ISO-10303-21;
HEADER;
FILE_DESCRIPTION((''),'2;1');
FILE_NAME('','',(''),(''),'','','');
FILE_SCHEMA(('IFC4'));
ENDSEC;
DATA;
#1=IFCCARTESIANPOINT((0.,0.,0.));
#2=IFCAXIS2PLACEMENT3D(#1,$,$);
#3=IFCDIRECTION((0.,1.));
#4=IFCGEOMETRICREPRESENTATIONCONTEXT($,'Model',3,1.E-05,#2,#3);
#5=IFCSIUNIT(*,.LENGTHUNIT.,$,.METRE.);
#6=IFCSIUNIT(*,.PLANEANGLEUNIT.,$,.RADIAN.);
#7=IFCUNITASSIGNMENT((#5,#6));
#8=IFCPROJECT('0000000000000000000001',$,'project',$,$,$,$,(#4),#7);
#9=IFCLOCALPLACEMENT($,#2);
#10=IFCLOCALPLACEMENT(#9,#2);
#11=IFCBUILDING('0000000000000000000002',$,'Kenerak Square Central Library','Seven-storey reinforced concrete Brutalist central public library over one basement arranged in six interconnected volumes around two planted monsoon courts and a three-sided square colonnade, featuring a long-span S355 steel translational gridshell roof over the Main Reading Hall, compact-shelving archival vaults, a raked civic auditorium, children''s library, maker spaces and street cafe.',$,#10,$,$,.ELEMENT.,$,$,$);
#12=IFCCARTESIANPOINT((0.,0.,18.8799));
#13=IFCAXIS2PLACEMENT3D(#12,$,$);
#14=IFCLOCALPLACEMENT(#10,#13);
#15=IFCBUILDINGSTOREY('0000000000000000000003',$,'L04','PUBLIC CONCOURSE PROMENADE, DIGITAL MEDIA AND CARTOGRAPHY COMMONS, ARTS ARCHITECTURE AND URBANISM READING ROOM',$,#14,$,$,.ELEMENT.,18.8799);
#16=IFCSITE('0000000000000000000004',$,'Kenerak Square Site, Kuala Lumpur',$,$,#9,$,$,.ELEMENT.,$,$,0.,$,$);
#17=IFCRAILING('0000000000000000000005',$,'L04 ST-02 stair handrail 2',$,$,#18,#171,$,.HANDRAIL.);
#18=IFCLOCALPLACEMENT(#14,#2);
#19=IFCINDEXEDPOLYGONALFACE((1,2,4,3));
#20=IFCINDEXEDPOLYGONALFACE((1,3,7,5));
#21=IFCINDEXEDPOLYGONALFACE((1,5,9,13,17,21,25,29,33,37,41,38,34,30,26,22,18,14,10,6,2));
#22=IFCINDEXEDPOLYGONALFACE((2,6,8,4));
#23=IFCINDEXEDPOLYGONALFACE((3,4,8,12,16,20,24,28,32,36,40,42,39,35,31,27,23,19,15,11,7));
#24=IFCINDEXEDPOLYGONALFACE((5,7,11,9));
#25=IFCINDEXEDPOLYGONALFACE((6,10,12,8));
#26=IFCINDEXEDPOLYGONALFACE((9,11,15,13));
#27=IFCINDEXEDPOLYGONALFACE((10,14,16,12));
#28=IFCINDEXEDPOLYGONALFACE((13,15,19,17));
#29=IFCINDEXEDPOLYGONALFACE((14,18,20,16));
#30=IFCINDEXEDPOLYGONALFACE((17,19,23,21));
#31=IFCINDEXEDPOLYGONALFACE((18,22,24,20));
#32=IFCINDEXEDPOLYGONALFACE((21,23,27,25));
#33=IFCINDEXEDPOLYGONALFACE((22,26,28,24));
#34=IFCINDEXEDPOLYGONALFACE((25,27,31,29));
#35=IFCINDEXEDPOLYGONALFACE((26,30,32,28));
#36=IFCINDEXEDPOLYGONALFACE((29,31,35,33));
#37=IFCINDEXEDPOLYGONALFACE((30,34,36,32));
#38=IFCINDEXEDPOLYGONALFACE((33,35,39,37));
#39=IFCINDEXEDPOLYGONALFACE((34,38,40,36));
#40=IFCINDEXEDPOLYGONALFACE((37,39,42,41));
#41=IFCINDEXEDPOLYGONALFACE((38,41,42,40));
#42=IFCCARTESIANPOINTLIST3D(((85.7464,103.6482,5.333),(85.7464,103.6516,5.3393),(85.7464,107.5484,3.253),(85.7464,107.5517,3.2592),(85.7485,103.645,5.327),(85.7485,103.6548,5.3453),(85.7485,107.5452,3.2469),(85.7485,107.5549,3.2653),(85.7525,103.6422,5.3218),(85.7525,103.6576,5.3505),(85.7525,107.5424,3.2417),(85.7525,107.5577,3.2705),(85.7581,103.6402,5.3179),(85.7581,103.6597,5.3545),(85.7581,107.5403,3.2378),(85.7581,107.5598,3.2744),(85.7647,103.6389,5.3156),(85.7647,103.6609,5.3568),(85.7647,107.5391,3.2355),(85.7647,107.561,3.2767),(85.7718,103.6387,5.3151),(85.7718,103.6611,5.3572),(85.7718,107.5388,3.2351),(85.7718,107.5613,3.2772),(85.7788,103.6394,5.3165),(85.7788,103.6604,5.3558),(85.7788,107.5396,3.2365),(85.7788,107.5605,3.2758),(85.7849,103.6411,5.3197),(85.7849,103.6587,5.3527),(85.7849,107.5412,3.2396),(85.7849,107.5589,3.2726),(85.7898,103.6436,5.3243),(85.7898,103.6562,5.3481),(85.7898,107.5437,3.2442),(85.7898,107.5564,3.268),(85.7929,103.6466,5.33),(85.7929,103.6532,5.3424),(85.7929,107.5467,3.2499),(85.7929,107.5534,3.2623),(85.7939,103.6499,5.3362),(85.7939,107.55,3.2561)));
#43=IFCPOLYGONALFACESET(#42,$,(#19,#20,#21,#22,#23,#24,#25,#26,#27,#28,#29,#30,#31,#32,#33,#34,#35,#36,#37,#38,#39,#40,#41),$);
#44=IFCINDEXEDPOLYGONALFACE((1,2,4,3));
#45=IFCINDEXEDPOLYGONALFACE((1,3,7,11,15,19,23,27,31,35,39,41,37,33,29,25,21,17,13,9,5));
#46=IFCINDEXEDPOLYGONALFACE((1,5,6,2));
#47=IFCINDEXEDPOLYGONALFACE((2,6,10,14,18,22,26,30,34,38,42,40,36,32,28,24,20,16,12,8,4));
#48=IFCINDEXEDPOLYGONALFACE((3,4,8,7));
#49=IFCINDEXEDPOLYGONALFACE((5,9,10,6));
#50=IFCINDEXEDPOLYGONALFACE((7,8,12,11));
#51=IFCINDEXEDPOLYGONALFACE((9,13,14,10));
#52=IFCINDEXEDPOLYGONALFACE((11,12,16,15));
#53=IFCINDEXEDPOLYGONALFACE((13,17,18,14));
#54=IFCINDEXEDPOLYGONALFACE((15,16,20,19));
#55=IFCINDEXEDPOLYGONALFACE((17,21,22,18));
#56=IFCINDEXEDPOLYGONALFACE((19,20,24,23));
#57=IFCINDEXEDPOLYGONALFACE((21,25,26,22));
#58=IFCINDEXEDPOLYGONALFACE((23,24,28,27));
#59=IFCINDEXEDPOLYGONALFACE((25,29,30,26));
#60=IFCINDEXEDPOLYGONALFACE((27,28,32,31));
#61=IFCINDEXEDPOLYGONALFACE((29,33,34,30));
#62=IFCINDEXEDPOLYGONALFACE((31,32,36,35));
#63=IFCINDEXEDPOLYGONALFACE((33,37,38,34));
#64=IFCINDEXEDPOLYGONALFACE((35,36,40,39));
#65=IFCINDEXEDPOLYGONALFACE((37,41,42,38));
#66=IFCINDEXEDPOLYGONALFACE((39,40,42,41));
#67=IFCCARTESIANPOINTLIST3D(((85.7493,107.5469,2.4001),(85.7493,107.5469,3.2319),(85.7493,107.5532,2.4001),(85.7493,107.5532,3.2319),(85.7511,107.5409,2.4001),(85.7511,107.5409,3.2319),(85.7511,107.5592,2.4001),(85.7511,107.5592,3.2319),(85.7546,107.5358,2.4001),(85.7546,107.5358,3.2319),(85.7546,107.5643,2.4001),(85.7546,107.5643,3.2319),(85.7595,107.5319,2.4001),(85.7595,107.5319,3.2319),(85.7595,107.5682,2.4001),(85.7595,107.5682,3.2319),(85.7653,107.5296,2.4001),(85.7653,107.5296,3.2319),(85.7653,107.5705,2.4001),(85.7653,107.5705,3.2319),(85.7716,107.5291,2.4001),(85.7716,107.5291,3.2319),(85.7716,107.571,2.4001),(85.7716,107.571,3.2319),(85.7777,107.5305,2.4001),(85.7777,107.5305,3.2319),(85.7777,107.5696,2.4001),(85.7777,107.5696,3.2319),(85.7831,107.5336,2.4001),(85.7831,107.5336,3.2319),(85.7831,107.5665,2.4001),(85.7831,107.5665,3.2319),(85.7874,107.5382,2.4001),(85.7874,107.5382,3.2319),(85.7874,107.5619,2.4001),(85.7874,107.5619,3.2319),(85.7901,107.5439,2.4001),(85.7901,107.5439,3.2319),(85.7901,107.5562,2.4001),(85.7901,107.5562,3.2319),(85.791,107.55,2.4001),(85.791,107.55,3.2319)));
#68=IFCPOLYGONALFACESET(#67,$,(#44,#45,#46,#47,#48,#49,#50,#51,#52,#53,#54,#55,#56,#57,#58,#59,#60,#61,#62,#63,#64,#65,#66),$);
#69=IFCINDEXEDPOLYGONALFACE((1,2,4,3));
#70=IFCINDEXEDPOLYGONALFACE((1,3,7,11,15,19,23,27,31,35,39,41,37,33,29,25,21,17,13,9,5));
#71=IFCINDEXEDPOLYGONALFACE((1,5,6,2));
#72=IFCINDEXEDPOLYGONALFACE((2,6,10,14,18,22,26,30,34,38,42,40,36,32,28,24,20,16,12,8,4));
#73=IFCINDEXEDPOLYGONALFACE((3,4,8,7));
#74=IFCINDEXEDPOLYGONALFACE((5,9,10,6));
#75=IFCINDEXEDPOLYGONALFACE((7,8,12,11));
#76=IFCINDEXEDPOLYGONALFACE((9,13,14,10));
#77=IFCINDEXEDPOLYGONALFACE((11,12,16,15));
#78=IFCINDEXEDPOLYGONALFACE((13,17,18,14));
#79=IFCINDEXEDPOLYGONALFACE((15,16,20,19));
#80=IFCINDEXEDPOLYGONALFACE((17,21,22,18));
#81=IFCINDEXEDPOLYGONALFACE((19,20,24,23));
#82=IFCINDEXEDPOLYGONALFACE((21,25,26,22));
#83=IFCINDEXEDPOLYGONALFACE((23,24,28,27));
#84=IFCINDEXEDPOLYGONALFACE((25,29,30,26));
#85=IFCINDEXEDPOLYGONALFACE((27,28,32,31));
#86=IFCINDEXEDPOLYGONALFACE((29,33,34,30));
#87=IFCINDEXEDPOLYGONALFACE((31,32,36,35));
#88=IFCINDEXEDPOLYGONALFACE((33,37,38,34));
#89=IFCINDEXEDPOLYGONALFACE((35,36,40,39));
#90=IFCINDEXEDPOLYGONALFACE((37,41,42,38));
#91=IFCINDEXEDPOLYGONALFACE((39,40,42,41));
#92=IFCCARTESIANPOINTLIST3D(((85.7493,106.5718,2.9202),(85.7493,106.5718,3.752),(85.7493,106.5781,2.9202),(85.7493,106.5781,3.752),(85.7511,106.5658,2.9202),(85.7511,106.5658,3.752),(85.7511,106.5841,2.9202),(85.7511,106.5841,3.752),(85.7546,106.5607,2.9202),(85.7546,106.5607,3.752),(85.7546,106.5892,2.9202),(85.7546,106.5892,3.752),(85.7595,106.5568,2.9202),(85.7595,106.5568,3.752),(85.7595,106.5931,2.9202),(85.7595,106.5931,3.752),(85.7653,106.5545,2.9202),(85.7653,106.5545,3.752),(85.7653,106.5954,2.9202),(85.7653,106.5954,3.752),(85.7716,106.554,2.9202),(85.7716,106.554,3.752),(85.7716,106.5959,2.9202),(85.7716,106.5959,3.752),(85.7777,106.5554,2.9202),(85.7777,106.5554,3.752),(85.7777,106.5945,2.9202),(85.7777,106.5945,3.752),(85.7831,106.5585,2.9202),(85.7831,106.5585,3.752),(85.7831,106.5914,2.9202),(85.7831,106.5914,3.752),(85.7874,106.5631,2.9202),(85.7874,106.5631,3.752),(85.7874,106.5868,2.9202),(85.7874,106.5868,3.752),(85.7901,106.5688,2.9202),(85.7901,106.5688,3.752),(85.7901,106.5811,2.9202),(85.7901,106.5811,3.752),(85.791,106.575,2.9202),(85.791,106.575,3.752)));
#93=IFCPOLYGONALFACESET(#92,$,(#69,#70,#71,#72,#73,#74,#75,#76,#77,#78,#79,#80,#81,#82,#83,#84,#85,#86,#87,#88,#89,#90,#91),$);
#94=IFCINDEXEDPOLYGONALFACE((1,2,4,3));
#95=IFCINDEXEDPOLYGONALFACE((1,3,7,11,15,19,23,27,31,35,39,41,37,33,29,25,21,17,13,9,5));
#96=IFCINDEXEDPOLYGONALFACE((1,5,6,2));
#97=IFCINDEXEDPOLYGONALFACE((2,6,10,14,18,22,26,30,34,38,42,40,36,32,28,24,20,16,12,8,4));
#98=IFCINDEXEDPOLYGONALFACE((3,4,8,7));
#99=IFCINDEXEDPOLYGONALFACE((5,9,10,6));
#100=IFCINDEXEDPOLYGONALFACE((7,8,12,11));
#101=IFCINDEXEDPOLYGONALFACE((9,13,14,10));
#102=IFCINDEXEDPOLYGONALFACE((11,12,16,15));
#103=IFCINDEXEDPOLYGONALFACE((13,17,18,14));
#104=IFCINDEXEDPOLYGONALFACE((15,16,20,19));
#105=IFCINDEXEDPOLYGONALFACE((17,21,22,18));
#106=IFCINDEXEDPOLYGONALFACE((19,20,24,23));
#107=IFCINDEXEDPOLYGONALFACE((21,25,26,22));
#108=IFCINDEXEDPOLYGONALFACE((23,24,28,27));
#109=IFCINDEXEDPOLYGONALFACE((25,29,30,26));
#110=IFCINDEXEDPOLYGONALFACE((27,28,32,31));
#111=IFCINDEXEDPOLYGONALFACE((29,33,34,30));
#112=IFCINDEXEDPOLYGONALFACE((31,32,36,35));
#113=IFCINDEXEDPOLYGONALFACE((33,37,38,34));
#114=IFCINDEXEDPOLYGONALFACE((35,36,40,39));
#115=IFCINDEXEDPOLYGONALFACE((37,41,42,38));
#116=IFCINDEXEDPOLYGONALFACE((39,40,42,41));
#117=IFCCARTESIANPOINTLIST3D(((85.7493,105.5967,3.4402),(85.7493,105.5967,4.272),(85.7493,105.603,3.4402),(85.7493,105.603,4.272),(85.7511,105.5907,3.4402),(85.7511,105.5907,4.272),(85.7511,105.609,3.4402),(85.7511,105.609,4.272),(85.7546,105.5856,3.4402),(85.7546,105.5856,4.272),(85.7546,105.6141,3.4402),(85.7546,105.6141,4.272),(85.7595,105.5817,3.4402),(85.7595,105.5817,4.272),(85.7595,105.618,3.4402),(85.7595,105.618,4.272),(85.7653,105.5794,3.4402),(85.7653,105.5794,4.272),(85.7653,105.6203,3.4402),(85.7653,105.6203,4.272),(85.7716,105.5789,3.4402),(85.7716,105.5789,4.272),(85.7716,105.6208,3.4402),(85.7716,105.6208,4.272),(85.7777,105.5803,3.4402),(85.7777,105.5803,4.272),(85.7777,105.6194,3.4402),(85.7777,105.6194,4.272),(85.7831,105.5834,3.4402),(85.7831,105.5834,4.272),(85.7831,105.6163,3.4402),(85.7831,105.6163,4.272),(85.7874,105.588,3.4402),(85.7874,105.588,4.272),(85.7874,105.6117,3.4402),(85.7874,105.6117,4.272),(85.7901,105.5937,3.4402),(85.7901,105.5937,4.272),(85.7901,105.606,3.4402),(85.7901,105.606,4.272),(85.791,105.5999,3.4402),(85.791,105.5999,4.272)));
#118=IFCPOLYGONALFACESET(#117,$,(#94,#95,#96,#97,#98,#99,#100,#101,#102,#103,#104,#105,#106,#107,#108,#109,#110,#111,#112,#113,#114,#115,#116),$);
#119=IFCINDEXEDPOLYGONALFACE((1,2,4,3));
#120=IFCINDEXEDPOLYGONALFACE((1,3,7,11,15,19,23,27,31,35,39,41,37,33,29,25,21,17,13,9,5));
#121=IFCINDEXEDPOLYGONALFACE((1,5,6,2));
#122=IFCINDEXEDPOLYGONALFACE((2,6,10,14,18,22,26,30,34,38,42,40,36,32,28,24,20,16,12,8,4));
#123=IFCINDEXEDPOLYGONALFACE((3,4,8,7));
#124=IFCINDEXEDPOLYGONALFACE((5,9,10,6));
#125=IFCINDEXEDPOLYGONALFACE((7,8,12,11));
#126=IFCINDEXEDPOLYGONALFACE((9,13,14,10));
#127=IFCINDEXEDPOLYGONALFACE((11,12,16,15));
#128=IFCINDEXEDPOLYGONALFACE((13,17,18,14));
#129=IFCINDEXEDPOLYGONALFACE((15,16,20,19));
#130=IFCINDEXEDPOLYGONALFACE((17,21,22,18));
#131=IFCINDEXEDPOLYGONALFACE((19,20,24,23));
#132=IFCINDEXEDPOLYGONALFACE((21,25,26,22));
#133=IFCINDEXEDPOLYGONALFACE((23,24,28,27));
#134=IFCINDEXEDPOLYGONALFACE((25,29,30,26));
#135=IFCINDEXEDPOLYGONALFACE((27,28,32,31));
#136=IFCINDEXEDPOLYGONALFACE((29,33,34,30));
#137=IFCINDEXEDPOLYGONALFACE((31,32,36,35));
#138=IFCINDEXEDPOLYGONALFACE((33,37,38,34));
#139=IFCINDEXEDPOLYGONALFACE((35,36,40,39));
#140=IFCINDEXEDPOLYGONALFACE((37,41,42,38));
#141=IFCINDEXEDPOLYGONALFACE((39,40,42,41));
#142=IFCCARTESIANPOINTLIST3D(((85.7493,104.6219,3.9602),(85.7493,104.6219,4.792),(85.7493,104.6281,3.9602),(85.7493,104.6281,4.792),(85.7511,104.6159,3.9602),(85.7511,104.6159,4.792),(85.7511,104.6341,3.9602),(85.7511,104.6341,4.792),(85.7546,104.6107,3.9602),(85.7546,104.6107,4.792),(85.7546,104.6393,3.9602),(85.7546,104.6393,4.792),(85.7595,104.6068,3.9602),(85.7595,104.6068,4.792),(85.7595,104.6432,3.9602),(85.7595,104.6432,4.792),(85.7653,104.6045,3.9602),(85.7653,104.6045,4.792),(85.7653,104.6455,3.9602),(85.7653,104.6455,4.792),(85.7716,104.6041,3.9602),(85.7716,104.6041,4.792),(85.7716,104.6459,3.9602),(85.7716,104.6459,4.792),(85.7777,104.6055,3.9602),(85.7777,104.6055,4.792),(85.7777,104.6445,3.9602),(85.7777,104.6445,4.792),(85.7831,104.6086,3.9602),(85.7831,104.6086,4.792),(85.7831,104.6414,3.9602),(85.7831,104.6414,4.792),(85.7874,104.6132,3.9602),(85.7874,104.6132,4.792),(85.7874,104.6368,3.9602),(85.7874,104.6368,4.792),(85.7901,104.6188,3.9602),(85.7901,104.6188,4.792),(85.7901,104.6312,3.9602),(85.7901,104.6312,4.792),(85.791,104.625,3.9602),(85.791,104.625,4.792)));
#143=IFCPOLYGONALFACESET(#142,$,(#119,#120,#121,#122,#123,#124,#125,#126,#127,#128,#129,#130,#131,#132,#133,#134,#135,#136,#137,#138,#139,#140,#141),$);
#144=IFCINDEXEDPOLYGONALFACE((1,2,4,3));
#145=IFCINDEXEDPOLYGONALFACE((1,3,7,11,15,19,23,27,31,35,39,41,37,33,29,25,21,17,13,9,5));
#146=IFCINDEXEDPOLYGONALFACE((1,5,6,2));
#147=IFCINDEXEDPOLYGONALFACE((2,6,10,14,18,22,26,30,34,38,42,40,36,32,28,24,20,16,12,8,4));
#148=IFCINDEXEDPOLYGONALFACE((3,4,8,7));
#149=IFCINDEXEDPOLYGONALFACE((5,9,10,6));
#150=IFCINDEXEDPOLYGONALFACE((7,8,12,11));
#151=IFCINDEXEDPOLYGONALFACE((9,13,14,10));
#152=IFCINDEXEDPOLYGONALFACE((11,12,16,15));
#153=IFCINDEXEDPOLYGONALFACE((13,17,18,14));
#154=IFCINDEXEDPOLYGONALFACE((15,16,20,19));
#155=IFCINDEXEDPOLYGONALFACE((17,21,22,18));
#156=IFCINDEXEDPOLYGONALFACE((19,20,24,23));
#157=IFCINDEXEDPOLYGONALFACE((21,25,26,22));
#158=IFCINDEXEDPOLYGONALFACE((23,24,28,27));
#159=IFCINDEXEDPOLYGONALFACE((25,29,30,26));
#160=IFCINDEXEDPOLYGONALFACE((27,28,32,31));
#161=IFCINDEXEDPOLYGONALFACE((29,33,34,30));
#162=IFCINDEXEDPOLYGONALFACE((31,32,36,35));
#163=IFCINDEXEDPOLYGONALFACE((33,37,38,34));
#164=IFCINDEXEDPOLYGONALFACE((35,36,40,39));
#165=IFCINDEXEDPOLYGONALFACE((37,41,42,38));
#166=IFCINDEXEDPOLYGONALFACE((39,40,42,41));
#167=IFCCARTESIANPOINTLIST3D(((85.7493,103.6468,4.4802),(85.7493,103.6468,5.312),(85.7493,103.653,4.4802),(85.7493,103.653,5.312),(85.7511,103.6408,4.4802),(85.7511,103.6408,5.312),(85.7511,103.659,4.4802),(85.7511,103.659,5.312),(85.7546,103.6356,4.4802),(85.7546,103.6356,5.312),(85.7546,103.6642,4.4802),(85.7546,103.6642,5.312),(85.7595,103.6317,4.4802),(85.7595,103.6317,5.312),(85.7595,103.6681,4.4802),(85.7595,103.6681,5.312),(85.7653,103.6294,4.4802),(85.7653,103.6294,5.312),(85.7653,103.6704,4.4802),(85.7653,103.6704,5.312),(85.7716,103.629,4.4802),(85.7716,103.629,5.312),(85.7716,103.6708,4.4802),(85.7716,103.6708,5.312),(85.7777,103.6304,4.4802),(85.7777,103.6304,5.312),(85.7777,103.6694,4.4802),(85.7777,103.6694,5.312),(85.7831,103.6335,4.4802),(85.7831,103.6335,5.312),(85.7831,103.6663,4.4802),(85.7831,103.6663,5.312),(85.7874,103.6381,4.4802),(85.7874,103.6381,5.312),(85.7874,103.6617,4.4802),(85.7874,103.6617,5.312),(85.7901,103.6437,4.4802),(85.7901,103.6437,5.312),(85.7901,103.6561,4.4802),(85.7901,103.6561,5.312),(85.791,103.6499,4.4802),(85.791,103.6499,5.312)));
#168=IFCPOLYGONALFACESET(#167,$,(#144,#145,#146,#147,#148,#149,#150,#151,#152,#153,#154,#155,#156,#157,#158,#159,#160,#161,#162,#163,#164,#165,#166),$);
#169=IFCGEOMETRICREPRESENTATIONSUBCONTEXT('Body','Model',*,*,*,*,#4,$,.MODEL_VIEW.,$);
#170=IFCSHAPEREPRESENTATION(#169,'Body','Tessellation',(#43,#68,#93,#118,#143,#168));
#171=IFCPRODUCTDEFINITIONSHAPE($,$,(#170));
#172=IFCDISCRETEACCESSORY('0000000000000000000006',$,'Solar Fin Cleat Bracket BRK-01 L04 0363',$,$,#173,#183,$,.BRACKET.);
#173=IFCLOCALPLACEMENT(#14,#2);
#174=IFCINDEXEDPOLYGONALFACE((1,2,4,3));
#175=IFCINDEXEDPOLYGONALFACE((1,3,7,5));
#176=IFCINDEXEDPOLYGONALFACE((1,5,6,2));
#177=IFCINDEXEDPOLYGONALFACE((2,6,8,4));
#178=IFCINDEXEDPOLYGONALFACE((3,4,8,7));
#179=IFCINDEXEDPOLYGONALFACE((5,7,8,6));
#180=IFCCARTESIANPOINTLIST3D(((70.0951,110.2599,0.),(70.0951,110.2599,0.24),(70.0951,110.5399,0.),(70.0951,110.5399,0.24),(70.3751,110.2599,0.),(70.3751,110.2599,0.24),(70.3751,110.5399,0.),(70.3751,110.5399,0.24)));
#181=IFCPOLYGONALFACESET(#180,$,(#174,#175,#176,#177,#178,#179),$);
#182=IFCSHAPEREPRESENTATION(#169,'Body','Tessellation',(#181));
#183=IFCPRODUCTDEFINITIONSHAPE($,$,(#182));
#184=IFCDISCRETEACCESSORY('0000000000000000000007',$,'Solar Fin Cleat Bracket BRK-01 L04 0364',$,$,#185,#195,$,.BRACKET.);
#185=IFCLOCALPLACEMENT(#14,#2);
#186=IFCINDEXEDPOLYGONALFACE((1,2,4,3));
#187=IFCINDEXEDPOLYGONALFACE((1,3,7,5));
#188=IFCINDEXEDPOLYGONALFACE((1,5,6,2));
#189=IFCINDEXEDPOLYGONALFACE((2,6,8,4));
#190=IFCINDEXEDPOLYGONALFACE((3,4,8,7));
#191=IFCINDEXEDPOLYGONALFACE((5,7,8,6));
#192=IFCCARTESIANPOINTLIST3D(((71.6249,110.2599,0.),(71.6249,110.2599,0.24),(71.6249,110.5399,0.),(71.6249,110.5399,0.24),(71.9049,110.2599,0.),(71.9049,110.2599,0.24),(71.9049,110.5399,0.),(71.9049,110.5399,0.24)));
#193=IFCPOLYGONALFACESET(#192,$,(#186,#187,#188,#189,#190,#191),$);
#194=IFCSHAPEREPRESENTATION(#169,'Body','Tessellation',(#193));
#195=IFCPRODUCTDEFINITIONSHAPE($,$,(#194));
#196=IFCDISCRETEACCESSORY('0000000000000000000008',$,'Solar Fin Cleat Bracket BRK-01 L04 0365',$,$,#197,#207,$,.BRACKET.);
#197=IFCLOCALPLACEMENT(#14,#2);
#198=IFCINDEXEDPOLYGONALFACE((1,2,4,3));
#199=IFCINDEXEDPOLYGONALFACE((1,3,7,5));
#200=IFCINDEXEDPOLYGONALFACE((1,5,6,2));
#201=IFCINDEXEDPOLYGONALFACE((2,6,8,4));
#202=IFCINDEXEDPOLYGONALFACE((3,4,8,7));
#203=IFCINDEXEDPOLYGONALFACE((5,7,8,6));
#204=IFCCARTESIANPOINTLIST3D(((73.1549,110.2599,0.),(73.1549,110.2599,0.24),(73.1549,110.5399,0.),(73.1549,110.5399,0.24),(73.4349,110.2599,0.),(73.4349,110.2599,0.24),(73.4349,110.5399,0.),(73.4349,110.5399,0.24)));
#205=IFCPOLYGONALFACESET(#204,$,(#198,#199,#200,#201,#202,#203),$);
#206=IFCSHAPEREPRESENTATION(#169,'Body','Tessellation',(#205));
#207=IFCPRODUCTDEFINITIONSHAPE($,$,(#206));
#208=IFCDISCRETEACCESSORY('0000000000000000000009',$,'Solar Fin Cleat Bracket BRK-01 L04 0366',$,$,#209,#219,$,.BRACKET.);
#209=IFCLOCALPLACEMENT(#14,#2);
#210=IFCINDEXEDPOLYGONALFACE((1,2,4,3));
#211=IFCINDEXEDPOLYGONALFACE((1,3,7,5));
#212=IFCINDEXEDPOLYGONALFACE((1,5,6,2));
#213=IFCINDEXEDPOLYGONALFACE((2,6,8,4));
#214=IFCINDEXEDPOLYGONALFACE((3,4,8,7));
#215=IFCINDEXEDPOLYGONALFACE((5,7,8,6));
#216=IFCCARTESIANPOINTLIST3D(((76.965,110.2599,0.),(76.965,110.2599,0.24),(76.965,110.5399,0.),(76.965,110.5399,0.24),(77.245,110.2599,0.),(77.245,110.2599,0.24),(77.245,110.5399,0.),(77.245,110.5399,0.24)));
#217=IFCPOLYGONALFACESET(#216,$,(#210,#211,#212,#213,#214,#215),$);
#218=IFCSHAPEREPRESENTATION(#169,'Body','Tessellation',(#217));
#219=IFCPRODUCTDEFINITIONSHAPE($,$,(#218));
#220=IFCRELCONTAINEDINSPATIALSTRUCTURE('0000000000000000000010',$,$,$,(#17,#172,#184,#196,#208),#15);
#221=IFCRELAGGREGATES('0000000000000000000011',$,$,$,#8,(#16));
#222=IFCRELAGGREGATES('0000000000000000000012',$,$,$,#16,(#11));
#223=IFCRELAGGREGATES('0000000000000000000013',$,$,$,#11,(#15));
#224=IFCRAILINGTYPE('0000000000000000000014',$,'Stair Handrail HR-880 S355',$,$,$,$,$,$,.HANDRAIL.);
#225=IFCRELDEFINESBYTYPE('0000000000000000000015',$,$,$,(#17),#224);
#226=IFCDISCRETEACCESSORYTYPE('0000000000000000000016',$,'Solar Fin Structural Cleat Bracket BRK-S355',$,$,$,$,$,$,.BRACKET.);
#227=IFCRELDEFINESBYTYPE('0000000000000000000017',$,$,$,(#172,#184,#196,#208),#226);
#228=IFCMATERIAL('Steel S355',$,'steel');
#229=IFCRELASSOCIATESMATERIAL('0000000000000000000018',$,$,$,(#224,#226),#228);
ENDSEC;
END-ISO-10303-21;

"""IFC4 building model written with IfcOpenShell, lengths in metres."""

from ifc_helpers import new_model, si_unit, direction, frame, origin, origin_2d, place, context, subcontext, project, spatial, rectangle, circle, extrude, material, type_object, element, save


model = new_model("IFC4")

# Units and contexts
model_context = context("Model", 3, precision=1e-05, world=origin(), true_north=direction((0.0, 1.0)))
body_context = subcontext(model_context, "Body", "Model", "MODEL_VIEW")
ifc_project = project(units=[si_unit("LENGTHUNIT", "METRE"), si_unit("PLANEANGLEUNIT", "RADIAN")], contexts=[model_context])

# Site, building, storey
site_placement = place(None, origin())
site = spatial("IfcSite", under=ifc_project, at=site_placement, Name="Kenerak Square Site, Kuala Lumpur", CompositionType="ELEMENT", RefElevation=0.0)
building_placement = place(site_placement, origin())
building = spatial("IfcBuilding", under=site, at=building_placement, Name="Kenerak Square Central Library", Description="Seven-storey reinforced concrete Brutalist central public library over one basement arranged in six interconnected volumes around two planted monsoon courts and a three-sided square colonnade, featuring a long-span S355 steel translational gridshell roof over the Main Reading Hall, compact-shelving archival vaults, a raked civic auditorium, children's library, maker spaces and street cafe.", CompositionType="ELEMENT")
storey_placement = place(building_placement, frame((0.0, 0.0, 18.8799)))
storey = spatial("IfcBuildingStorey", under=building, at=storey_placement, Name="L04", Description="PUBLIC CONCOURSE PROMENADE, DIGITAL MEDIA AND CARTOGRAPHY COMMONS, ARTS ARCHITECTURE AND URBANISM READING ROOM", CompositionType="ELEMENT", Elevation=18.8799)

# Railing
ifc_material_1 = material(Name="Steel S355", Category="steel")
railing_type_1 = type_object("IfcRailingType", Name="Stair Handrail HR-880 S355", PredefinedType="HANDRAIL", material=ifc_material_1)
railing_1_placement = place(storey_placement, frame((85.77, 107.55, 2.4001)))
element("IfcRailing", 1, at=railing_1_placement, inside=storey, type_object=railing_type_1, Name="L04 ST-02 stair handrail 2", PredefinedType="HANDRAIL", context=body_context, shape_type="SweptSolid", body=[
    extrude(circle(Radius=0.0239, at=origin_2d()), frame((0.0, 0.0, 0.856), z_axis=(0.0, -0.882353, 0.470588), x_axis=(1.0, 0.0, 0.0)), (0.0, 0.0, 1.0), 4.4202),
    extrude(circle(Radius=0.021, at=origin_2d()), origin(), (0.0, 0.0, 1.0), 0.8318),
    extrude(circle(Radius=0.021, at=origin_2d()), frame((0.0, -0.9751, 0.52)), (0.0, 0.0, 1.0), 0.8318),
    extrude(circle(Radius=0.021, at=origin_2d()), frame((0.0, -1.9502, 1.04)), (0.0, 0.0, 1.0), 0.8318),
    extrude(circle(Radius=0.021, at=origin_2d()), frame((0.0, -2.925, 1.5601)), (0.0, 0.0, 1.0), 0.8318),
    extrude(circle(Radius=0.021, at=origin_2d()), frame((0.0, -3.9001, 2.0801)), (0.0, 0.0, 1.0), 0.8318),
])

# Discrete accessories
discrete_accessory_type = type_object("IfcDiscreteAccessoryType", Name="Solar Fin Structural Cleat Bracket BRK-S355", PredefinedType="BRACKET", material=ifc_material_1)
for number, where, z_axis, x_axis, name in (
    (2, (70.2351, 110.3999, 0.0), (0.0, 0.0, 1.0), (1.0, 0.0, 0.0), "Solar Fin Cleat Bracket BRK-01 L04 0363"),
    (3, (71.7649, 110.3999, 0.0), (0.0, 0.0, 1.0), (1.0, 0.0, 0.0), "Solar Fin Cleat Bracket BRK-01 L04 0364"),
    (4, (73.2949, 110.3999, 0.0), (0.0, 0.0, 1.0), (1.0, 0.0, 0.0), "Solar Fin Cleat Bracket BRK-01 L04 0365"),
    (5, (77.105, 110.3999, 0.0), (0.0, 0.0, 1.0), (1.0, 0.0, 0.0), "Solar Fin Cleat Bracket BRK-01 L04 0366"),
):
    element("IfcDiscreteAccessory", number, at=place(storey_placement, frame(where, z_axis=z_axis, x_axis=x_axis)), inside=storey, type_object=discrete_accessory_type, Name=name, PredefinedType="BRACKET", context=body_context, shape_type="SweptSolid", body=[
        extrude(rectangle(XDim=0.28, YDim=0.28, at=origin_2d()), origin(), (0.0, 0.0, 1.0), 0.24),
    ])

save(model, "model.ifc")
